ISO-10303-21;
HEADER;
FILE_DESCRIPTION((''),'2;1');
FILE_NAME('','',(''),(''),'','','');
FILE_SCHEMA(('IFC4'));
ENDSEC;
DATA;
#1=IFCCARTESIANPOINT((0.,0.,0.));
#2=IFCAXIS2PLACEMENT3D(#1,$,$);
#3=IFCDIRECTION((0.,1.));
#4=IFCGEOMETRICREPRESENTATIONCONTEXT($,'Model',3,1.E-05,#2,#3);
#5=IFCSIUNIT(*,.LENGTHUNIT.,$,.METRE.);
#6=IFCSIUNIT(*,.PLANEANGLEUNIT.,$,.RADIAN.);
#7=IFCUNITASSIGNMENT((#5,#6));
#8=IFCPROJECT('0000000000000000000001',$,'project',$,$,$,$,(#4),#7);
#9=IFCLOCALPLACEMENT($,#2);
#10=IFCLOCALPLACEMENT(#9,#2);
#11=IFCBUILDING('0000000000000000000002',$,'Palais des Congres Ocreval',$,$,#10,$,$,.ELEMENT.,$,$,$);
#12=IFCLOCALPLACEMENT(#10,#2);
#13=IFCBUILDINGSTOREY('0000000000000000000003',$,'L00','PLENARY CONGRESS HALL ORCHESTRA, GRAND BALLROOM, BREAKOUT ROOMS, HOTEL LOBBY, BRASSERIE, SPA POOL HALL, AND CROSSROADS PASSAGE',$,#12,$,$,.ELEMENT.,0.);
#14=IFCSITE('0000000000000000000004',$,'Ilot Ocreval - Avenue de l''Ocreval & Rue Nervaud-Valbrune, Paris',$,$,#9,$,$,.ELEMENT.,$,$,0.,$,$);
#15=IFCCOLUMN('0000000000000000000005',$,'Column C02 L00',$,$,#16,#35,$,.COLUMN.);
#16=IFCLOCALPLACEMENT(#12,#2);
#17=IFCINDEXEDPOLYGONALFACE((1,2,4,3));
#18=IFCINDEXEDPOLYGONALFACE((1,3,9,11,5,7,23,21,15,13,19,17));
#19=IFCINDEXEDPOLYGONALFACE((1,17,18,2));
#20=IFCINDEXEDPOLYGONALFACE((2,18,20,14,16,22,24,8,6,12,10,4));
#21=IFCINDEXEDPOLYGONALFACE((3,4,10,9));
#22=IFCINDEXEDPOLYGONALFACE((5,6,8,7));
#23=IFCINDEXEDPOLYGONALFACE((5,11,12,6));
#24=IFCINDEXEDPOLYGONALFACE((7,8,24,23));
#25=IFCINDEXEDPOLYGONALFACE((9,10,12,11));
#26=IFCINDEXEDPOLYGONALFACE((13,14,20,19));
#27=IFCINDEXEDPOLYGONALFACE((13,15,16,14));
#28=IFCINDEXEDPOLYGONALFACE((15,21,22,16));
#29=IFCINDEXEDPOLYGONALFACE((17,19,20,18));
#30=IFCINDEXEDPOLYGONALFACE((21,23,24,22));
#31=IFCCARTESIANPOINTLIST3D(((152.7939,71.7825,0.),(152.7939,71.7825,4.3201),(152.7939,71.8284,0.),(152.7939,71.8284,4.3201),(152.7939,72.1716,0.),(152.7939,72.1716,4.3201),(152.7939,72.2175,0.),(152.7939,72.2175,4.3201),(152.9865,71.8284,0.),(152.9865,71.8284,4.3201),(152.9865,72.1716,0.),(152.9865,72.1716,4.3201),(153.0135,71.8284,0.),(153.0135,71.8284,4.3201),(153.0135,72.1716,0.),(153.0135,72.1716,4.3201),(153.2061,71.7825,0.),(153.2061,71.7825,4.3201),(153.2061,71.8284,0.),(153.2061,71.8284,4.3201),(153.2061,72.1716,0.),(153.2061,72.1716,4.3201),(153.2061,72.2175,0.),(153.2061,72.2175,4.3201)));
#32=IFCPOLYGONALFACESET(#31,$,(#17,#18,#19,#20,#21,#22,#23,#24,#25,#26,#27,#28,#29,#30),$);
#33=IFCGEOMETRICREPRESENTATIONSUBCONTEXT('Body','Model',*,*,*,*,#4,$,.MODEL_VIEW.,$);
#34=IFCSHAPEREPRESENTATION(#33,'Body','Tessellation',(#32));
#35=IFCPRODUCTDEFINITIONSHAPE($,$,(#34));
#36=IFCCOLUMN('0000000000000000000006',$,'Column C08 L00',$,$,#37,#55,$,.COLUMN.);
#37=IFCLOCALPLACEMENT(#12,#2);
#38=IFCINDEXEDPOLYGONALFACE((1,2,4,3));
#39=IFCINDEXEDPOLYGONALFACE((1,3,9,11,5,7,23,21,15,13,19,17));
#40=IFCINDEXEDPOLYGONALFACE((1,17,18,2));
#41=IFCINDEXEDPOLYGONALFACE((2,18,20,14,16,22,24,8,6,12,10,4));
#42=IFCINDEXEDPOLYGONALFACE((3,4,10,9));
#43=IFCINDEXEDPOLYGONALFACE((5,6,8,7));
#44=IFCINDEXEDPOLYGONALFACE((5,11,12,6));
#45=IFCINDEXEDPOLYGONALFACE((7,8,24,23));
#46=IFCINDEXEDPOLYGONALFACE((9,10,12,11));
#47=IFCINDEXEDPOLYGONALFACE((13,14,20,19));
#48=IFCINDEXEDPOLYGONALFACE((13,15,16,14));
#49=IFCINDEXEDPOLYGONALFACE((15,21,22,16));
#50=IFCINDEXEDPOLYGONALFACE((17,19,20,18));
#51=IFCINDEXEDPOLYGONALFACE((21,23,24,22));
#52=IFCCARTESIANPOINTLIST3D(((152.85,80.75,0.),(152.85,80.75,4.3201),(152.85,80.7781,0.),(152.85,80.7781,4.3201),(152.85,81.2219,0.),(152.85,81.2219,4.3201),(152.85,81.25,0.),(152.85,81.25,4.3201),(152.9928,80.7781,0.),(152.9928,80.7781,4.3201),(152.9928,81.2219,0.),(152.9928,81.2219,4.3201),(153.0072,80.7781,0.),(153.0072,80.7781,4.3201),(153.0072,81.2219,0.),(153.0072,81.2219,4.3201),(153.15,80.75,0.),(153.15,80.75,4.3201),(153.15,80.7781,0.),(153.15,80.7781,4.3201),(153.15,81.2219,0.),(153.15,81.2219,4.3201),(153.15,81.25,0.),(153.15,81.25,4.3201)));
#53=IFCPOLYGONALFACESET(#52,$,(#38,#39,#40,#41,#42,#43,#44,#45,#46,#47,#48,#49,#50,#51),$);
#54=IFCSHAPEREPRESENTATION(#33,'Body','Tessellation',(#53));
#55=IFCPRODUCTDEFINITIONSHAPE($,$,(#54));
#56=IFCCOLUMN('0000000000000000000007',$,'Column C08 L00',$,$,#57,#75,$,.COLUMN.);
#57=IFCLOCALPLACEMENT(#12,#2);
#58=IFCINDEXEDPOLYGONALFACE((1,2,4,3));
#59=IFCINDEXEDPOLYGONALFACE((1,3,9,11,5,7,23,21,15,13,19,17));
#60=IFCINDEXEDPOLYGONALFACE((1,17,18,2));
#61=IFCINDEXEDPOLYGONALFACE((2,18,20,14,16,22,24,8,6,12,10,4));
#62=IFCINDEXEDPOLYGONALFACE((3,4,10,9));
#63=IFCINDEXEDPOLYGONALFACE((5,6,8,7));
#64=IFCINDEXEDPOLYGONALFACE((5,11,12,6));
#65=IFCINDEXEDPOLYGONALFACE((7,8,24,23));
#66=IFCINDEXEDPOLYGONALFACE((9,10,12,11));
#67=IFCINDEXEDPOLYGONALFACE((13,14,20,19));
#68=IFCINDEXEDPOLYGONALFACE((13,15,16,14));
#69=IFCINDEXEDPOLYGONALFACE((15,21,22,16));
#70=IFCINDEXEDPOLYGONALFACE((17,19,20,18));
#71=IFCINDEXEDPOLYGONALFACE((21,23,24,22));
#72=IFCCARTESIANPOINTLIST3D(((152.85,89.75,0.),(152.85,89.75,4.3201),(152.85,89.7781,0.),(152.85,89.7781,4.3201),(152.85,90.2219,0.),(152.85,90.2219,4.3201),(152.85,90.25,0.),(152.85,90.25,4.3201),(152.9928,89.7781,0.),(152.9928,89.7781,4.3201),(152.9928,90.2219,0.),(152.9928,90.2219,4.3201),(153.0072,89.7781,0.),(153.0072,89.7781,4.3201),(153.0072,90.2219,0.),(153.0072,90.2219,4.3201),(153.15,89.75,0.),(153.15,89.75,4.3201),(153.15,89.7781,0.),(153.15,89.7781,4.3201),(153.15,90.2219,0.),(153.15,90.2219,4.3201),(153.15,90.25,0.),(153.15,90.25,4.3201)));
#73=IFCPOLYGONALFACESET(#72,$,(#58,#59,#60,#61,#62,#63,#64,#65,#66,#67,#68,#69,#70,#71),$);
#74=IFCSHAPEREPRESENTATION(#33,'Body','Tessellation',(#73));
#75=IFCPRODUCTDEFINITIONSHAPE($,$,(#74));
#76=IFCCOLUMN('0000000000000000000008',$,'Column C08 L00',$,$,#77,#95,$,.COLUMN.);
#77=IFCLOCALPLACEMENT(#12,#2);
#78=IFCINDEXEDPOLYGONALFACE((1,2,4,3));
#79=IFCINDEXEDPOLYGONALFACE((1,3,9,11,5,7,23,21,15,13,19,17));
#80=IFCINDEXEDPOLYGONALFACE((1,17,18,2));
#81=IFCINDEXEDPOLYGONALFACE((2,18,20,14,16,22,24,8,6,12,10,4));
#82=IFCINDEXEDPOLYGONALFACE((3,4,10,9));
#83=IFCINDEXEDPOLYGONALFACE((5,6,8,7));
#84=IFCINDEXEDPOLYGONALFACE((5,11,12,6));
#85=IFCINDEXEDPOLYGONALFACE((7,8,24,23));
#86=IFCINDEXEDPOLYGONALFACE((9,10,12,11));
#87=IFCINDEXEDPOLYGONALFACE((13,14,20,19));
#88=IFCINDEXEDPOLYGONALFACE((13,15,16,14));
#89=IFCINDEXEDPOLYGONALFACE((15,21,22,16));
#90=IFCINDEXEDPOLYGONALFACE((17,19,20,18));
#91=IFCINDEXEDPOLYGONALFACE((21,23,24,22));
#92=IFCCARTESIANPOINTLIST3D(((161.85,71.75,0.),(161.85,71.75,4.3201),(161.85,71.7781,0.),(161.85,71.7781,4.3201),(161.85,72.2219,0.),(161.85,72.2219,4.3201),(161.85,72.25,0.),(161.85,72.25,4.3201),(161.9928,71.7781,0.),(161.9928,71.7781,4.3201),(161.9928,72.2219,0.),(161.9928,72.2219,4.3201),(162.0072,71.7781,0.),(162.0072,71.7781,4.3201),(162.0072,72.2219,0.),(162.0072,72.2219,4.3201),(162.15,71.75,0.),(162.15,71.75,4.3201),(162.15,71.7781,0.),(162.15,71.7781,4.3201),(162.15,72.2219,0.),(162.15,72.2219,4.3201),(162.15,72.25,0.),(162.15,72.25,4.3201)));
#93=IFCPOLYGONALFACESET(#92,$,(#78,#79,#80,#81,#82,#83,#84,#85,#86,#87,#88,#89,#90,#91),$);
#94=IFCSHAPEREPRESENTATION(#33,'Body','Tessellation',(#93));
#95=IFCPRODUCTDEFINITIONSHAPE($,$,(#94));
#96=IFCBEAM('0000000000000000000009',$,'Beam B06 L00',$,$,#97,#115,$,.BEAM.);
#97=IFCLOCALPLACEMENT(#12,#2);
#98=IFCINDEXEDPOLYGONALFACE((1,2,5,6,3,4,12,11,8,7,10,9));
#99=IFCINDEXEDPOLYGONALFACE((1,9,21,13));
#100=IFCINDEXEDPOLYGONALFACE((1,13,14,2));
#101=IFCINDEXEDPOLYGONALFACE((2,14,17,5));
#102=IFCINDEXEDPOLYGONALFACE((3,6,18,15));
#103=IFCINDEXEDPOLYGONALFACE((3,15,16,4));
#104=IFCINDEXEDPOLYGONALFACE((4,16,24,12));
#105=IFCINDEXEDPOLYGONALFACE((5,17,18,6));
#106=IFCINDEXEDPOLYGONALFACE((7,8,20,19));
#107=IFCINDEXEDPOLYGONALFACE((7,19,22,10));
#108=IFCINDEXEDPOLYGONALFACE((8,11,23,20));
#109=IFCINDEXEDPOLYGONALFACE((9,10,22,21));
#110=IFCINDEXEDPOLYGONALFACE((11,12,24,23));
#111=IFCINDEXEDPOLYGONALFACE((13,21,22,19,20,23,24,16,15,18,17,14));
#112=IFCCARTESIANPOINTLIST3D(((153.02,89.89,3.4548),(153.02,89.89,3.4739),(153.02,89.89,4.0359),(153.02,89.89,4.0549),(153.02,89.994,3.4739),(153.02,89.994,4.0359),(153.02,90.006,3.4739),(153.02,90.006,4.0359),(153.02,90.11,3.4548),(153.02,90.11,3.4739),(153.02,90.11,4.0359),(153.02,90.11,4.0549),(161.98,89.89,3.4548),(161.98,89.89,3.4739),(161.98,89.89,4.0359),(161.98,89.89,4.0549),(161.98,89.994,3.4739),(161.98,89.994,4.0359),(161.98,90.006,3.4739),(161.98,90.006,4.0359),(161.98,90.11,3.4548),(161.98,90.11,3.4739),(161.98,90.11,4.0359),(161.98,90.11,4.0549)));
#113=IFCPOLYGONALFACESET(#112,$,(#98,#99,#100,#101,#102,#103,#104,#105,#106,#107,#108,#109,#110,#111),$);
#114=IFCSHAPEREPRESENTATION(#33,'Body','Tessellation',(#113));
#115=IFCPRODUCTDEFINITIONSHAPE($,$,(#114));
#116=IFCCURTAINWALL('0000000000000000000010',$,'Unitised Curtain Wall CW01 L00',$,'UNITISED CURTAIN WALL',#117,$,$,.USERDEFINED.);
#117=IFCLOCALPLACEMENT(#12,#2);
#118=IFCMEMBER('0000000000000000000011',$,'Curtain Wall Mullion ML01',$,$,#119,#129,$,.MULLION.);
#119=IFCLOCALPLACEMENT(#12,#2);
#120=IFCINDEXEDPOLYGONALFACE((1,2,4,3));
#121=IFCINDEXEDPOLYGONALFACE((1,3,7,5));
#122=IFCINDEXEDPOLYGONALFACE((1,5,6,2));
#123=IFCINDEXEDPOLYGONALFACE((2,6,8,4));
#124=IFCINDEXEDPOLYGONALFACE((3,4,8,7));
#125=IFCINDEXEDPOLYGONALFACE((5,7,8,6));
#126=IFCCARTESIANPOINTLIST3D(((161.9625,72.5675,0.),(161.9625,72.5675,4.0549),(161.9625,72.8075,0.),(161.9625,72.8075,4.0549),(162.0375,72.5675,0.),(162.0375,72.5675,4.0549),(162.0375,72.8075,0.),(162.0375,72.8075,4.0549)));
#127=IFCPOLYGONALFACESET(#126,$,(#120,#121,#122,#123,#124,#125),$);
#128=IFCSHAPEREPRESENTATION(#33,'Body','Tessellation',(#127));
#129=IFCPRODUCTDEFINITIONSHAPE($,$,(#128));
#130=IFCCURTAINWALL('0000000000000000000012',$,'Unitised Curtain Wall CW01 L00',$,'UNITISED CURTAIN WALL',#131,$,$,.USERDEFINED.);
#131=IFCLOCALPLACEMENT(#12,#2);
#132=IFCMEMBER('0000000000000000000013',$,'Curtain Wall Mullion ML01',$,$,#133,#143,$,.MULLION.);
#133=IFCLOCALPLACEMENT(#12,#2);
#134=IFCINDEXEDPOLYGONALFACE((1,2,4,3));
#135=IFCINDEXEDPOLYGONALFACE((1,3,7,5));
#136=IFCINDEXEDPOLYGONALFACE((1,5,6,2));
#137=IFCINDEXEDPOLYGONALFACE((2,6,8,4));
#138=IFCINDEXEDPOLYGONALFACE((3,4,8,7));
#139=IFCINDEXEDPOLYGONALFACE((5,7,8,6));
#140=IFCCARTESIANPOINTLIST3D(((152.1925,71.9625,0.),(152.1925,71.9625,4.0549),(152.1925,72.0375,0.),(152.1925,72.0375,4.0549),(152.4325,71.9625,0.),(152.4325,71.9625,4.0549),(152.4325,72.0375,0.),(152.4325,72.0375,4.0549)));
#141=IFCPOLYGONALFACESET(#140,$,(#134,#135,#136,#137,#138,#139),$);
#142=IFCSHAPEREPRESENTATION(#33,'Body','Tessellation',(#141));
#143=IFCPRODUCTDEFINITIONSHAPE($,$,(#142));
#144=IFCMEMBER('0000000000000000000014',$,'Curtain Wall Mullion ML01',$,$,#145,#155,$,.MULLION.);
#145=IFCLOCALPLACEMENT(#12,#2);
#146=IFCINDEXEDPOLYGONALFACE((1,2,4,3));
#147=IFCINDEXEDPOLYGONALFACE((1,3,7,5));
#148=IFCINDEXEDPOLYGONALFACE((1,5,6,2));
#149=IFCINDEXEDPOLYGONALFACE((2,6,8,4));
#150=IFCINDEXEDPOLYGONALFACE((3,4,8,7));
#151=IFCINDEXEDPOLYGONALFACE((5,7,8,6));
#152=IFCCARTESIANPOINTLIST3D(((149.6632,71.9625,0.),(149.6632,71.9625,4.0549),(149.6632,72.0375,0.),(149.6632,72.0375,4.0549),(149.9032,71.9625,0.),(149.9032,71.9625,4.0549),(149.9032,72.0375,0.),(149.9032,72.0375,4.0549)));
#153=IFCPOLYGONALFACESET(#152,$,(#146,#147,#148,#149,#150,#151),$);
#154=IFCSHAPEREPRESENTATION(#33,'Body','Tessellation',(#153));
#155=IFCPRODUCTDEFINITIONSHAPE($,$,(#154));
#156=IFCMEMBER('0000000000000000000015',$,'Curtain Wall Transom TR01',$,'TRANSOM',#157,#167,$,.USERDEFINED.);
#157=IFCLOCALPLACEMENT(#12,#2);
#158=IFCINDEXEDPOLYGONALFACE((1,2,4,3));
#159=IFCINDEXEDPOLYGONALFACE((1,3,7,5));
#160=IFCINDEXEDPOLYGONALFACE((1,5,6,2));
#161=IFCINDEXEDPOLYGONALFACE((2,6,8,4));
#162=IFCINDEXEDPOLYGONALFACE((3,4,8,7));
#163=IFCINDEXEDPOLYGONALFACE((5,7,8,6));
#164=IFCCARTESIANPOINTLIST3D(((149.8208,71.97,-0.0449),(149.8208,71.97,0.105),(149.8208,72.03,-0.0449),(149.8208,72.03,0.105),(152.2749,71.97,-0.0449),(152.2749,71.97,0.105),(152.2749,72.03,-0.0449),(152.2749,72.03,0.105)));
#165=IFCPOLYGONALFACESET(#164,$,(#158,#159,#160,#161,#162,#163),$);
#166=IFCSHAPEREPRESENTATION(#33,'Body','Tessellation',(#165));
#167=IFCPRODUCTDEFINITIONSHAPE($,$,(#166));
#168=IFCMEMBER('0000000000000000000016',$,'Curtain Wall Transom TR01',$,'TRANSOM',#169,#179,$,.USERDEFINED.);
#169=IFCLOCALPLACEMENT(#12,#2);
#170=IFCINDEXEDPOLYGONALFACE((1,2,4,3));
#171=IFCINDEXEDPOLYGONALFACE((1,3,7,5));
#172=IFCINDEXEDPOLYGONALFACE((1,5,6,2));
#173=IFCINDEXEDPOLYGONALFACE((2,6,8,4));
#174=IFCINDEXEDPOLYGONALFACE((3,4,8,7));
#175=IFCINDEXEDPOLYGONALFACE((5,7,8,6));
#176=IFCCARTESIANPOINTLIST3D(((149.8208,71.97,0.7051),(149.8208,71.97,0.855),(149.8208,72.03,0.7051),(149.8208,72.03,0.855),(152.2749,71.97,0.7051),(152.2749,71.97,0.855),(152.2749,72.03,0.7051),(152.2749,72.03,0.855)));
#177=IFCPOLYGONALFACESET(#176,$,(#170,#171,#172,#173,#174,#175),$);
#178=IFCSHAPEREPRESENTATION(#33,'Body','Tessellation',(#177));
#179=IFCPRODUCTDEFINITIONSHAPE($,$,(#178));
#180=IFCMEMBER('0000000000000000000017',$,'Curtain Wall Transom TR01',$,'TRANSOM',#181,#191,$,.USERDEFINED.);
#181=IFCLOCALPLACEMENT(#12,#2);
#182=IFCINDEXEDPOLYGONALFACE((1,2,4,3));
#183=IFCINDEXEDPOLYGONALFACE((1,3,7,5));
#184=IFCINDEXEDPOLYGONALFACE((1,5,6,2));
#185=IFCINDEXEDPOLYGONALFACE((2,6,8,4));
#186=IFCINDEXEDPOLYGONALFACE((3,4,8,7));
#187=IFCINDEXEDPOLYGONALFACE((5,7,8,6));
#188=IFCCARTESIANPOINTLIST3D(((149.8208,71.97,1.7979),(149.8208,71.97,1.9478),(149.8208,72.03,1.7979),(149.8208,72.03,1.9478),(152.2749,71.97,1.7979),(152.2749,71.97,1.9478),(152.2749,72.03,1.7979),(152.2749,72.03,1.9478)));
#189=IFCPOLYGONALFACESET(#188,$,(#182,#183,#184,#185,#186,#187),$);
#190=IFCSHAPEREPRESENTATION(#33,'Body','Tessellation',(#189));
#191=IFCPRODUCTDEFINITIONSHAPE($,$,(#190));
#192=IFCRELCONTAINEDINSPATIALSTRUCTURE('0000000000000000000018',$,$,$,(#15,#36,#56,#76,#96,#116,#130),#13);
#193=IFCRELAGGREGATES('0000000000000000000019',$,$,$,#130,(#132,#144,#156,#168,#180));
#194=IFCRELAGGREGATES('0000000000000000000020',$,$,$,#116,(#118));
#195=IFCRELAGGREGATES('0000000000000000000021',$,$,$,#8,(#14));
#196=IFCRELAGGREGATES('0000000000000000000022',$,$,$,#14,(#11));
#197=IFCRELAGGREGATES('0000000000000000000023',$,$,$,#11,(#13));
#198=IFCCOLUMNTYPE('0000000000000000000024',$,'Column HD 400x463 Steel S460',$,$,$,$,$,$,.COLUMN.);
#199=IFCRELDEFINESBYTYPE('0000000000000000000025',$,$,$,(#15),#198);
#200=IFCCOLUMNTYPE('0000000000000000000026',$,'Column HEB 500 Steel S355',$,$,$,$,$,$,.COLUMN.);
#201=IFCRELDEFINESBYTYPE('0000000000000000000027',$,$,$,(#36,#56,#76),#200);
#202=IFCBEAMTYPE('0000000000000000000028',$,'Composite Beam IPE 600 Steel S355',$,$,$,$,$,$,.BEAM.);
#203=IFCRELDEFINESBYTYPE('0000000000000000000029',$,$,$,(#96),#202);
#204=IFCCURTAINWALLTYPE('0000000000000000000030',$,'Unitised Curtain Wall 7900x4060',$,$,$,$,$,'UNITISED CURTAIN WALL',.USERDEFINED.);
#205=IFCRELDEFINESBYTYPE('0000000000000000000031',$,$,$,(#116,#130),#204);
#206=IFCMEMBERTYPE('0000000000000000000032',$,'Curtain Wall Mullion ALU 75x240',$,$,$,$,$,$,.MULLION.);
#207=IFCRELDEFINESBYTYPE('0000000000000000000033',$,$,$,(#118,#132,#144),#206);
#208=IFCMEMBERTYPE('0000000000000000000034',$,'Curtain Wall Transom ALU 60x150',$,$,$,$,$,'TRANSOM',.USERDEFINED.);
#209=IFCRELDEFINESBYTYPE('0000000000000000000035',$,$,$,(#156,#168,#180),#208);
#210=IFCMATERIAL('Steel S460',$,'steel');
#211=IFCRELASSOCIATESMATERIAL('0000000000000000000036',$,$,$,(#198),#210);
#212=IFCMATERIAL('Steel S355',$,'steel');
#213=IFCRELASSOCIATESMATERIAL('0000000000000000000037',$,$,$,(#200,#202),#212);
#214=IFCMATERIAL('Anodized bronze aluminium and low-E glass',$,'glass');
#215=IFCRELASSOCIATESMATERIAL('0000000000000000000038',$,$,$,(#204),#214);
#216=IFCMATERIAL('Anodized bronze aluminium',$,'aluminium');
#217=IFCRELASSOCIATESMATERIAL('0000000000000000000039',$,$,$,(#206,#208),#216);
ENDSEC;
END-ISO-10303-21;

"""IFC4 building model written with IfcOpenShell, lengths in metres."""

from ifc_helpers import new_model, si_unit, direction, frame, origin, origin_2d, place, context, subcontext, project, spatial, rectangle, i_section, extrude, material, material_profile, profile_set, type_object, element, aggregate, save


model = new_model("IFC4")

# Units and contexts
model_context = context("Model", 3, precision=1e-05, world=origin(), true_north=direction((0.0, 1.0)))
body_context = subcontext(model_context, "Body", "Model", "MODEL_VIEW")
ifc_project = project(units=[si_unit("LENGTHUNIT", "METRE"), si_unit("PLANEANGLEUNIT", "RADIAN")], contexts=[model_context])

# Site, building, storey
site_placement = place(None, origin())
site = spatial("IfcSite", under=ifc_project, at=site_placement, Name="Ilot Ocreval - Avenue de l'Ocreval & Rue Nervaud-Valbrune, Paris", CompositionType="ELEMENT", RefElevation=0.0)
building_placement = place(site_placement, origin())
building = spatial("IfcBuilding", under=site, at=building_placement, Name="Palais des Congres Ocreval", CompositionType="ELEMENT")
storey_placement = place(building_placement, origin())
storey = spatial("IfcBuildingStorey", under=building, at=storey_placement, Name="L00", Description="PLENARY CONGRESS HALL ORCHESTRA, GRAND BALLROOM, BREAKOUT ROOMS, HOTEL LOBBY, BRASSERIE, SPA POOL HALL, AND CROSSROADS PASSAGE", CompositionType="ELEMENT", Elevation=0.0)

# Columns
ifc_material_1 = material(Name="Steel S460", Category="steel")
ifc_material_profile_1 = material_profile(ifc_material_1, i_section(OverallWidth=0.4121, OverallDepth=0.4351, WebThickness=0.0271, FlangeThickness=0.0459, at=origin_2d()), Name="HD 400x463")
ifc_profile_set_1 = profile_set([ifc_material_profile_1], Name="Steel S460")
column_type_1 = type_object("IfcColumnType", Name="Column HD 400x463 Steel S460", PredefinedType="COLUMN", material=ifc_profile_set_1)
column_placement = place(storey_placement, frame((153.0, 72.0, 0.0), z_axis=(0.0, 0.0, 1.0), x_axis=(1.0, 0.0, 0.0)))
element("IfcColumn", 1, at=column_placement, inside=storey, type_object=column_type_1, Name="Column C02 L00", PredefinedType="COLUMN", context=body_context, shape_type="SweptSolid", body=[
    extrude(i_section(OverallWidth=0.4121, OverallDepth=0.4351, WebThickness=0.0271, FlangeThickness=0.0459, at=origin_2d()), origin(), (0.0, 0.0, 1.0), 4.3201),
])
ifc_material_2 = material(Name="Steel S355", Category="steel")
ifc_material_profile_2 = material_profile(ifc_material_2, i_section(OverallWidth=0.3, OverallDepth=0.5, WebThickness=0.0144, FlangeThickness=0.0281, at=origin_2d()), Name="HEB 500")
ifc_profile_set_2 = profile_set([ifc_material_profile_2], Name="Steel S355")
column_type_2 = type_object("IfcColumnType", Name="Column HEB 500 Steel S355", PredefinedType="COLUMN", material=ifc_profile_set_2)
for number, where, z_axis, x_axis, name in (
    (2, (153.0, 81.0, 0.0), (0.0, 0.0, 1.0), (1.0, 0.0, 0.0), "Column C08 L00"),
    (3, (153.0, 90.0, 0.0), (0.0, 0.0, 1.0), (1.0, 0.0, 0.0), "Column C08 L00"),
    (4, (162.0, 72.0, 0.0), (0.0, 0.0, 1.0), (1.0, 0.0, 0.0), "Column C08 L00"),
):
    element("IfcColumn", number, at=place(storey_placement, frame(where, z_axis=z_axis, x_axis=x_axis)), inside=storey, type_object=column_type_2, Name=name, PredefinedType="COLUMN", context=body_context, shape_type="SweptSolid", body=[
        extrude(i_section(OverallWidth=0.3, OverallDepth=0.5, WebThickness=0.0144, FlangeThickness=0.0281, at=origin_2d()), origin(), (0.0, 0.0, 1.0), 4.3201),
    ])

# Beam
ifc_material_profile_3 = material_profile(ifc_material_2, i_section(OverallWidth=0.22, OverallDepth=0.6001, WebThickness=0.012, FlangeThickness=0.019, at=origin_2d()), Name="IPE 600")
ifc_profile_set_3 = profile_set([ifc_material_profile_3], Name="Steel S355")
beam_type_1 = type_object("IfcBeamType", Name="Composite Beam IPE 600 Steel S355", PredefinedType="BEAM", material=ifc_profile_set_3)
beam_1_placement = place(storey_placement, frame((153.02, 90.0, 3.7549), z_axis=(1.0, 0.0, 0.0), x_axis=(0.0, 1.0, 0.0)))
element("IfcBeam", 5, at=beam_1_placement, inside=storey, type_object=beam_type_1, Name="Beam B06 L00", PredefinedType="BEAM", context=body_context, shape_type="SweptSolid", body=[
    extrude(i_section(OverallWidth=0.22, OverallDepth=0.6001, WebThickness=0.012, FlangeThickness=0.019, at=origin_2d()), origin(), (0.0, 0.0, 1.0), 8.96),
])

# Curtain wall, member
ifc_material_3 = material(Name="Anodized bronze aluminium and low-E glass", Category="glass")
curtain_wall_type = type_object("IfcCurtainWallType", Name="Unitised Curtain Wall 7900x4060", ElementType="UNITISED CURTAIN WALL", PredefinedType="USERDEFINED", material=ifc_material_3)
curtain_wall_1_placement = place(storey_placement, origin())
curtain_wall_1 = element("IfcCurtainWall", 6, at=curtain_wall_1_placement, inside=storey, type_object=curtain_wall_type, Name="Unitised Curtain Wall CW01 L00", ObjectType="UNITISED CURTAIN WALL", PredefinedType="USERDEFINED")
ifc_material_4 = material(Name="Anodized bronze aluminium", Category="aluminium")
ifc_material_profile_4 = material_profile(ifc_material_4, rectangle(XDim=0.075, YDim=0.24, at=origin_2d()), Name="ALU 75x240")
ifc_profile_set_4 = profile_set([ifc_material_profile_4], Name="Anodized bronze aluminium")
member_type_1 = type_object("IfcMemberType", Name="Curtain Wall Mullion ALU 75x240", PredefinedType="MULLION", material=ifc_profile_set_4)
member_1_placement = place(storey_placement, frame((162.0, 72.6875, 0.0), z_axis=(0.0, 0.0, 1.0), x_axis=(1.0, 0.0, 0.0)))
member_1 = element("IfcMember", 7, at=member_1_placement, type_object=member_type_1, Name="Curtain Wall Mullion ML01", PredefinedType="MULLION", context=body_context, shape_type="SweptSolid", body=[
    extrude(rectangle(XDim=0.075, YDim=0.24, at=origin_2d()), origin(), (0.0, 0.0, 1.0), 4.0549),
])

# Curtain wall, members
curtain_wall_2_placement = place(storey_placement, origin())
curtain_wall_2 = element("IfcCurtainWall", 8, at=curtain_wall_2_placement, inside=storey, type_object=curtain_wall_type, Name="Unitised Curtain Wall CW01 L00", ObjectType="UNITISED CURTAIN WALL", PredefinedType="USERDEFINED")
member_2_placement = place(storey_placement, frame((152.3125, 72.0, 0.0), z_axis=(0.0, 0.0, 1.0), x_axis=(0.0, -1.0, 0.0)))
member_2 = element("IfcMember", 9, at=member_2_placement, type_object=member_type_1, Name="Curtain Wall Mullion ML01", PredefinedType="MULLION", context=body_context, shape_type="SweptSolid", body=[
    extrude(rectangle(XDim=0.075, YDim=0.24, at=origin_2d()), origin(), (0.0, 0.0, 1.0), 4.0549),
])
member_3_placement = place(storey_placement, frame((149.7832, 72.0, 0.0), z_axis=(0.0, 0.0, 1.0), x_axis=(0.0, -1.0, 0.0)))
member_3 = element("IfcMember", 10, at=member_3_placement, type_object=member_type_1, Name="Curtain Wall Mullion ML01", PredefinedType="MULLION", context=body_context, shape_type="SweptSolid", body=[
    extrude(rectangle(XDim=0.075, YDim=0.24, at=origin_2d()), origin(), (0.0, 0.0, 1.0), 4.0549),
])
ifc_material_profile_5 = material_profile(ifc_material_4, rectangle(XDim=0.0601, YDim=0.1499, at=origin_2d()), Name="ALU 60x150")
ifc_profile_set_5 = profile_set([ifc_material_profile_5], Name="Anodized bronze aluminium")
member_type_2 = type_object("IfcMemberType", Name="Curtain Wall Transom ALU 60x150", ElementType="TRANSOM", PredefinedType="USERDEFINED", material=ifc_profile_set_5)
member_4_placement = place(storey_placement, frame((152.2749, 72.0, 0.03), z_axis=(-1.0, 0.0, 0.0), x_axis=(0.0, -1.0, 0.0)))
member_4 = element("IfcMember", 11, at=member_4_placement, type_object=member_type_2, Name="Curtain Wall Transom TR01", ObjectType="TRANSOM", PredefinedType="USERDEFINED", context=body_context, shape_type="SweptSolid", body=[
    extrude(rectangle(XDim=0.0601, YDim=0.1499, at=origin_2d()), origin(), (0.0, 0.0, 1.0), 2.4541),
])
member_5_placement = place(storey_placement, frame((152.2749, 72.0, 0.78), z_axis=(-1.0, 0.0, 0.0), x_axis=(0.0, -1.0, 0.0)))
member_5 = element("IfcMember", 12, at=member_5_placement, type_object=member_type_2, Name="Curtain Wall Transom TR01", ObjectType="TRANSOM", PredefinedType="USERDEFINED", context=body_context, shape_type="SweptSolid", body=[
    extrude(rectangle(XDim=0.0601, YDim=0.1499, at=origin_2d()), origin(), (0.0, 0.0, 1.0), 2.4541),
])
member_6_placement = place(storey_placement, frame((152.2749, 72.0, 1.8728), z_axis=(-1.0, 0.0, 0.0), x_axis=(0.0, -1.0, 0.0)))
member_6 = element("IfcMember", 13, at=member_6_placement, type_object=member_type_2, Name="Curtain Wall Transom TR01", ObjectType="TRANSOM", PredefinedType="USERDEFINED", context=body_context, shape_type="SweptSolid", body=[
    extrude(rectangle(XDim=0.0601, YDim=0.1499, at=origin_2d()), origin(), (0.0, 0.0, 1.0), 2.4541),
])

aggregate(curtain_wall_2, [member_2, member_3, member_4, member_5, member_6])
aggregate(curtain_wall_1, [member_1])

save(model, "model.ifc")
